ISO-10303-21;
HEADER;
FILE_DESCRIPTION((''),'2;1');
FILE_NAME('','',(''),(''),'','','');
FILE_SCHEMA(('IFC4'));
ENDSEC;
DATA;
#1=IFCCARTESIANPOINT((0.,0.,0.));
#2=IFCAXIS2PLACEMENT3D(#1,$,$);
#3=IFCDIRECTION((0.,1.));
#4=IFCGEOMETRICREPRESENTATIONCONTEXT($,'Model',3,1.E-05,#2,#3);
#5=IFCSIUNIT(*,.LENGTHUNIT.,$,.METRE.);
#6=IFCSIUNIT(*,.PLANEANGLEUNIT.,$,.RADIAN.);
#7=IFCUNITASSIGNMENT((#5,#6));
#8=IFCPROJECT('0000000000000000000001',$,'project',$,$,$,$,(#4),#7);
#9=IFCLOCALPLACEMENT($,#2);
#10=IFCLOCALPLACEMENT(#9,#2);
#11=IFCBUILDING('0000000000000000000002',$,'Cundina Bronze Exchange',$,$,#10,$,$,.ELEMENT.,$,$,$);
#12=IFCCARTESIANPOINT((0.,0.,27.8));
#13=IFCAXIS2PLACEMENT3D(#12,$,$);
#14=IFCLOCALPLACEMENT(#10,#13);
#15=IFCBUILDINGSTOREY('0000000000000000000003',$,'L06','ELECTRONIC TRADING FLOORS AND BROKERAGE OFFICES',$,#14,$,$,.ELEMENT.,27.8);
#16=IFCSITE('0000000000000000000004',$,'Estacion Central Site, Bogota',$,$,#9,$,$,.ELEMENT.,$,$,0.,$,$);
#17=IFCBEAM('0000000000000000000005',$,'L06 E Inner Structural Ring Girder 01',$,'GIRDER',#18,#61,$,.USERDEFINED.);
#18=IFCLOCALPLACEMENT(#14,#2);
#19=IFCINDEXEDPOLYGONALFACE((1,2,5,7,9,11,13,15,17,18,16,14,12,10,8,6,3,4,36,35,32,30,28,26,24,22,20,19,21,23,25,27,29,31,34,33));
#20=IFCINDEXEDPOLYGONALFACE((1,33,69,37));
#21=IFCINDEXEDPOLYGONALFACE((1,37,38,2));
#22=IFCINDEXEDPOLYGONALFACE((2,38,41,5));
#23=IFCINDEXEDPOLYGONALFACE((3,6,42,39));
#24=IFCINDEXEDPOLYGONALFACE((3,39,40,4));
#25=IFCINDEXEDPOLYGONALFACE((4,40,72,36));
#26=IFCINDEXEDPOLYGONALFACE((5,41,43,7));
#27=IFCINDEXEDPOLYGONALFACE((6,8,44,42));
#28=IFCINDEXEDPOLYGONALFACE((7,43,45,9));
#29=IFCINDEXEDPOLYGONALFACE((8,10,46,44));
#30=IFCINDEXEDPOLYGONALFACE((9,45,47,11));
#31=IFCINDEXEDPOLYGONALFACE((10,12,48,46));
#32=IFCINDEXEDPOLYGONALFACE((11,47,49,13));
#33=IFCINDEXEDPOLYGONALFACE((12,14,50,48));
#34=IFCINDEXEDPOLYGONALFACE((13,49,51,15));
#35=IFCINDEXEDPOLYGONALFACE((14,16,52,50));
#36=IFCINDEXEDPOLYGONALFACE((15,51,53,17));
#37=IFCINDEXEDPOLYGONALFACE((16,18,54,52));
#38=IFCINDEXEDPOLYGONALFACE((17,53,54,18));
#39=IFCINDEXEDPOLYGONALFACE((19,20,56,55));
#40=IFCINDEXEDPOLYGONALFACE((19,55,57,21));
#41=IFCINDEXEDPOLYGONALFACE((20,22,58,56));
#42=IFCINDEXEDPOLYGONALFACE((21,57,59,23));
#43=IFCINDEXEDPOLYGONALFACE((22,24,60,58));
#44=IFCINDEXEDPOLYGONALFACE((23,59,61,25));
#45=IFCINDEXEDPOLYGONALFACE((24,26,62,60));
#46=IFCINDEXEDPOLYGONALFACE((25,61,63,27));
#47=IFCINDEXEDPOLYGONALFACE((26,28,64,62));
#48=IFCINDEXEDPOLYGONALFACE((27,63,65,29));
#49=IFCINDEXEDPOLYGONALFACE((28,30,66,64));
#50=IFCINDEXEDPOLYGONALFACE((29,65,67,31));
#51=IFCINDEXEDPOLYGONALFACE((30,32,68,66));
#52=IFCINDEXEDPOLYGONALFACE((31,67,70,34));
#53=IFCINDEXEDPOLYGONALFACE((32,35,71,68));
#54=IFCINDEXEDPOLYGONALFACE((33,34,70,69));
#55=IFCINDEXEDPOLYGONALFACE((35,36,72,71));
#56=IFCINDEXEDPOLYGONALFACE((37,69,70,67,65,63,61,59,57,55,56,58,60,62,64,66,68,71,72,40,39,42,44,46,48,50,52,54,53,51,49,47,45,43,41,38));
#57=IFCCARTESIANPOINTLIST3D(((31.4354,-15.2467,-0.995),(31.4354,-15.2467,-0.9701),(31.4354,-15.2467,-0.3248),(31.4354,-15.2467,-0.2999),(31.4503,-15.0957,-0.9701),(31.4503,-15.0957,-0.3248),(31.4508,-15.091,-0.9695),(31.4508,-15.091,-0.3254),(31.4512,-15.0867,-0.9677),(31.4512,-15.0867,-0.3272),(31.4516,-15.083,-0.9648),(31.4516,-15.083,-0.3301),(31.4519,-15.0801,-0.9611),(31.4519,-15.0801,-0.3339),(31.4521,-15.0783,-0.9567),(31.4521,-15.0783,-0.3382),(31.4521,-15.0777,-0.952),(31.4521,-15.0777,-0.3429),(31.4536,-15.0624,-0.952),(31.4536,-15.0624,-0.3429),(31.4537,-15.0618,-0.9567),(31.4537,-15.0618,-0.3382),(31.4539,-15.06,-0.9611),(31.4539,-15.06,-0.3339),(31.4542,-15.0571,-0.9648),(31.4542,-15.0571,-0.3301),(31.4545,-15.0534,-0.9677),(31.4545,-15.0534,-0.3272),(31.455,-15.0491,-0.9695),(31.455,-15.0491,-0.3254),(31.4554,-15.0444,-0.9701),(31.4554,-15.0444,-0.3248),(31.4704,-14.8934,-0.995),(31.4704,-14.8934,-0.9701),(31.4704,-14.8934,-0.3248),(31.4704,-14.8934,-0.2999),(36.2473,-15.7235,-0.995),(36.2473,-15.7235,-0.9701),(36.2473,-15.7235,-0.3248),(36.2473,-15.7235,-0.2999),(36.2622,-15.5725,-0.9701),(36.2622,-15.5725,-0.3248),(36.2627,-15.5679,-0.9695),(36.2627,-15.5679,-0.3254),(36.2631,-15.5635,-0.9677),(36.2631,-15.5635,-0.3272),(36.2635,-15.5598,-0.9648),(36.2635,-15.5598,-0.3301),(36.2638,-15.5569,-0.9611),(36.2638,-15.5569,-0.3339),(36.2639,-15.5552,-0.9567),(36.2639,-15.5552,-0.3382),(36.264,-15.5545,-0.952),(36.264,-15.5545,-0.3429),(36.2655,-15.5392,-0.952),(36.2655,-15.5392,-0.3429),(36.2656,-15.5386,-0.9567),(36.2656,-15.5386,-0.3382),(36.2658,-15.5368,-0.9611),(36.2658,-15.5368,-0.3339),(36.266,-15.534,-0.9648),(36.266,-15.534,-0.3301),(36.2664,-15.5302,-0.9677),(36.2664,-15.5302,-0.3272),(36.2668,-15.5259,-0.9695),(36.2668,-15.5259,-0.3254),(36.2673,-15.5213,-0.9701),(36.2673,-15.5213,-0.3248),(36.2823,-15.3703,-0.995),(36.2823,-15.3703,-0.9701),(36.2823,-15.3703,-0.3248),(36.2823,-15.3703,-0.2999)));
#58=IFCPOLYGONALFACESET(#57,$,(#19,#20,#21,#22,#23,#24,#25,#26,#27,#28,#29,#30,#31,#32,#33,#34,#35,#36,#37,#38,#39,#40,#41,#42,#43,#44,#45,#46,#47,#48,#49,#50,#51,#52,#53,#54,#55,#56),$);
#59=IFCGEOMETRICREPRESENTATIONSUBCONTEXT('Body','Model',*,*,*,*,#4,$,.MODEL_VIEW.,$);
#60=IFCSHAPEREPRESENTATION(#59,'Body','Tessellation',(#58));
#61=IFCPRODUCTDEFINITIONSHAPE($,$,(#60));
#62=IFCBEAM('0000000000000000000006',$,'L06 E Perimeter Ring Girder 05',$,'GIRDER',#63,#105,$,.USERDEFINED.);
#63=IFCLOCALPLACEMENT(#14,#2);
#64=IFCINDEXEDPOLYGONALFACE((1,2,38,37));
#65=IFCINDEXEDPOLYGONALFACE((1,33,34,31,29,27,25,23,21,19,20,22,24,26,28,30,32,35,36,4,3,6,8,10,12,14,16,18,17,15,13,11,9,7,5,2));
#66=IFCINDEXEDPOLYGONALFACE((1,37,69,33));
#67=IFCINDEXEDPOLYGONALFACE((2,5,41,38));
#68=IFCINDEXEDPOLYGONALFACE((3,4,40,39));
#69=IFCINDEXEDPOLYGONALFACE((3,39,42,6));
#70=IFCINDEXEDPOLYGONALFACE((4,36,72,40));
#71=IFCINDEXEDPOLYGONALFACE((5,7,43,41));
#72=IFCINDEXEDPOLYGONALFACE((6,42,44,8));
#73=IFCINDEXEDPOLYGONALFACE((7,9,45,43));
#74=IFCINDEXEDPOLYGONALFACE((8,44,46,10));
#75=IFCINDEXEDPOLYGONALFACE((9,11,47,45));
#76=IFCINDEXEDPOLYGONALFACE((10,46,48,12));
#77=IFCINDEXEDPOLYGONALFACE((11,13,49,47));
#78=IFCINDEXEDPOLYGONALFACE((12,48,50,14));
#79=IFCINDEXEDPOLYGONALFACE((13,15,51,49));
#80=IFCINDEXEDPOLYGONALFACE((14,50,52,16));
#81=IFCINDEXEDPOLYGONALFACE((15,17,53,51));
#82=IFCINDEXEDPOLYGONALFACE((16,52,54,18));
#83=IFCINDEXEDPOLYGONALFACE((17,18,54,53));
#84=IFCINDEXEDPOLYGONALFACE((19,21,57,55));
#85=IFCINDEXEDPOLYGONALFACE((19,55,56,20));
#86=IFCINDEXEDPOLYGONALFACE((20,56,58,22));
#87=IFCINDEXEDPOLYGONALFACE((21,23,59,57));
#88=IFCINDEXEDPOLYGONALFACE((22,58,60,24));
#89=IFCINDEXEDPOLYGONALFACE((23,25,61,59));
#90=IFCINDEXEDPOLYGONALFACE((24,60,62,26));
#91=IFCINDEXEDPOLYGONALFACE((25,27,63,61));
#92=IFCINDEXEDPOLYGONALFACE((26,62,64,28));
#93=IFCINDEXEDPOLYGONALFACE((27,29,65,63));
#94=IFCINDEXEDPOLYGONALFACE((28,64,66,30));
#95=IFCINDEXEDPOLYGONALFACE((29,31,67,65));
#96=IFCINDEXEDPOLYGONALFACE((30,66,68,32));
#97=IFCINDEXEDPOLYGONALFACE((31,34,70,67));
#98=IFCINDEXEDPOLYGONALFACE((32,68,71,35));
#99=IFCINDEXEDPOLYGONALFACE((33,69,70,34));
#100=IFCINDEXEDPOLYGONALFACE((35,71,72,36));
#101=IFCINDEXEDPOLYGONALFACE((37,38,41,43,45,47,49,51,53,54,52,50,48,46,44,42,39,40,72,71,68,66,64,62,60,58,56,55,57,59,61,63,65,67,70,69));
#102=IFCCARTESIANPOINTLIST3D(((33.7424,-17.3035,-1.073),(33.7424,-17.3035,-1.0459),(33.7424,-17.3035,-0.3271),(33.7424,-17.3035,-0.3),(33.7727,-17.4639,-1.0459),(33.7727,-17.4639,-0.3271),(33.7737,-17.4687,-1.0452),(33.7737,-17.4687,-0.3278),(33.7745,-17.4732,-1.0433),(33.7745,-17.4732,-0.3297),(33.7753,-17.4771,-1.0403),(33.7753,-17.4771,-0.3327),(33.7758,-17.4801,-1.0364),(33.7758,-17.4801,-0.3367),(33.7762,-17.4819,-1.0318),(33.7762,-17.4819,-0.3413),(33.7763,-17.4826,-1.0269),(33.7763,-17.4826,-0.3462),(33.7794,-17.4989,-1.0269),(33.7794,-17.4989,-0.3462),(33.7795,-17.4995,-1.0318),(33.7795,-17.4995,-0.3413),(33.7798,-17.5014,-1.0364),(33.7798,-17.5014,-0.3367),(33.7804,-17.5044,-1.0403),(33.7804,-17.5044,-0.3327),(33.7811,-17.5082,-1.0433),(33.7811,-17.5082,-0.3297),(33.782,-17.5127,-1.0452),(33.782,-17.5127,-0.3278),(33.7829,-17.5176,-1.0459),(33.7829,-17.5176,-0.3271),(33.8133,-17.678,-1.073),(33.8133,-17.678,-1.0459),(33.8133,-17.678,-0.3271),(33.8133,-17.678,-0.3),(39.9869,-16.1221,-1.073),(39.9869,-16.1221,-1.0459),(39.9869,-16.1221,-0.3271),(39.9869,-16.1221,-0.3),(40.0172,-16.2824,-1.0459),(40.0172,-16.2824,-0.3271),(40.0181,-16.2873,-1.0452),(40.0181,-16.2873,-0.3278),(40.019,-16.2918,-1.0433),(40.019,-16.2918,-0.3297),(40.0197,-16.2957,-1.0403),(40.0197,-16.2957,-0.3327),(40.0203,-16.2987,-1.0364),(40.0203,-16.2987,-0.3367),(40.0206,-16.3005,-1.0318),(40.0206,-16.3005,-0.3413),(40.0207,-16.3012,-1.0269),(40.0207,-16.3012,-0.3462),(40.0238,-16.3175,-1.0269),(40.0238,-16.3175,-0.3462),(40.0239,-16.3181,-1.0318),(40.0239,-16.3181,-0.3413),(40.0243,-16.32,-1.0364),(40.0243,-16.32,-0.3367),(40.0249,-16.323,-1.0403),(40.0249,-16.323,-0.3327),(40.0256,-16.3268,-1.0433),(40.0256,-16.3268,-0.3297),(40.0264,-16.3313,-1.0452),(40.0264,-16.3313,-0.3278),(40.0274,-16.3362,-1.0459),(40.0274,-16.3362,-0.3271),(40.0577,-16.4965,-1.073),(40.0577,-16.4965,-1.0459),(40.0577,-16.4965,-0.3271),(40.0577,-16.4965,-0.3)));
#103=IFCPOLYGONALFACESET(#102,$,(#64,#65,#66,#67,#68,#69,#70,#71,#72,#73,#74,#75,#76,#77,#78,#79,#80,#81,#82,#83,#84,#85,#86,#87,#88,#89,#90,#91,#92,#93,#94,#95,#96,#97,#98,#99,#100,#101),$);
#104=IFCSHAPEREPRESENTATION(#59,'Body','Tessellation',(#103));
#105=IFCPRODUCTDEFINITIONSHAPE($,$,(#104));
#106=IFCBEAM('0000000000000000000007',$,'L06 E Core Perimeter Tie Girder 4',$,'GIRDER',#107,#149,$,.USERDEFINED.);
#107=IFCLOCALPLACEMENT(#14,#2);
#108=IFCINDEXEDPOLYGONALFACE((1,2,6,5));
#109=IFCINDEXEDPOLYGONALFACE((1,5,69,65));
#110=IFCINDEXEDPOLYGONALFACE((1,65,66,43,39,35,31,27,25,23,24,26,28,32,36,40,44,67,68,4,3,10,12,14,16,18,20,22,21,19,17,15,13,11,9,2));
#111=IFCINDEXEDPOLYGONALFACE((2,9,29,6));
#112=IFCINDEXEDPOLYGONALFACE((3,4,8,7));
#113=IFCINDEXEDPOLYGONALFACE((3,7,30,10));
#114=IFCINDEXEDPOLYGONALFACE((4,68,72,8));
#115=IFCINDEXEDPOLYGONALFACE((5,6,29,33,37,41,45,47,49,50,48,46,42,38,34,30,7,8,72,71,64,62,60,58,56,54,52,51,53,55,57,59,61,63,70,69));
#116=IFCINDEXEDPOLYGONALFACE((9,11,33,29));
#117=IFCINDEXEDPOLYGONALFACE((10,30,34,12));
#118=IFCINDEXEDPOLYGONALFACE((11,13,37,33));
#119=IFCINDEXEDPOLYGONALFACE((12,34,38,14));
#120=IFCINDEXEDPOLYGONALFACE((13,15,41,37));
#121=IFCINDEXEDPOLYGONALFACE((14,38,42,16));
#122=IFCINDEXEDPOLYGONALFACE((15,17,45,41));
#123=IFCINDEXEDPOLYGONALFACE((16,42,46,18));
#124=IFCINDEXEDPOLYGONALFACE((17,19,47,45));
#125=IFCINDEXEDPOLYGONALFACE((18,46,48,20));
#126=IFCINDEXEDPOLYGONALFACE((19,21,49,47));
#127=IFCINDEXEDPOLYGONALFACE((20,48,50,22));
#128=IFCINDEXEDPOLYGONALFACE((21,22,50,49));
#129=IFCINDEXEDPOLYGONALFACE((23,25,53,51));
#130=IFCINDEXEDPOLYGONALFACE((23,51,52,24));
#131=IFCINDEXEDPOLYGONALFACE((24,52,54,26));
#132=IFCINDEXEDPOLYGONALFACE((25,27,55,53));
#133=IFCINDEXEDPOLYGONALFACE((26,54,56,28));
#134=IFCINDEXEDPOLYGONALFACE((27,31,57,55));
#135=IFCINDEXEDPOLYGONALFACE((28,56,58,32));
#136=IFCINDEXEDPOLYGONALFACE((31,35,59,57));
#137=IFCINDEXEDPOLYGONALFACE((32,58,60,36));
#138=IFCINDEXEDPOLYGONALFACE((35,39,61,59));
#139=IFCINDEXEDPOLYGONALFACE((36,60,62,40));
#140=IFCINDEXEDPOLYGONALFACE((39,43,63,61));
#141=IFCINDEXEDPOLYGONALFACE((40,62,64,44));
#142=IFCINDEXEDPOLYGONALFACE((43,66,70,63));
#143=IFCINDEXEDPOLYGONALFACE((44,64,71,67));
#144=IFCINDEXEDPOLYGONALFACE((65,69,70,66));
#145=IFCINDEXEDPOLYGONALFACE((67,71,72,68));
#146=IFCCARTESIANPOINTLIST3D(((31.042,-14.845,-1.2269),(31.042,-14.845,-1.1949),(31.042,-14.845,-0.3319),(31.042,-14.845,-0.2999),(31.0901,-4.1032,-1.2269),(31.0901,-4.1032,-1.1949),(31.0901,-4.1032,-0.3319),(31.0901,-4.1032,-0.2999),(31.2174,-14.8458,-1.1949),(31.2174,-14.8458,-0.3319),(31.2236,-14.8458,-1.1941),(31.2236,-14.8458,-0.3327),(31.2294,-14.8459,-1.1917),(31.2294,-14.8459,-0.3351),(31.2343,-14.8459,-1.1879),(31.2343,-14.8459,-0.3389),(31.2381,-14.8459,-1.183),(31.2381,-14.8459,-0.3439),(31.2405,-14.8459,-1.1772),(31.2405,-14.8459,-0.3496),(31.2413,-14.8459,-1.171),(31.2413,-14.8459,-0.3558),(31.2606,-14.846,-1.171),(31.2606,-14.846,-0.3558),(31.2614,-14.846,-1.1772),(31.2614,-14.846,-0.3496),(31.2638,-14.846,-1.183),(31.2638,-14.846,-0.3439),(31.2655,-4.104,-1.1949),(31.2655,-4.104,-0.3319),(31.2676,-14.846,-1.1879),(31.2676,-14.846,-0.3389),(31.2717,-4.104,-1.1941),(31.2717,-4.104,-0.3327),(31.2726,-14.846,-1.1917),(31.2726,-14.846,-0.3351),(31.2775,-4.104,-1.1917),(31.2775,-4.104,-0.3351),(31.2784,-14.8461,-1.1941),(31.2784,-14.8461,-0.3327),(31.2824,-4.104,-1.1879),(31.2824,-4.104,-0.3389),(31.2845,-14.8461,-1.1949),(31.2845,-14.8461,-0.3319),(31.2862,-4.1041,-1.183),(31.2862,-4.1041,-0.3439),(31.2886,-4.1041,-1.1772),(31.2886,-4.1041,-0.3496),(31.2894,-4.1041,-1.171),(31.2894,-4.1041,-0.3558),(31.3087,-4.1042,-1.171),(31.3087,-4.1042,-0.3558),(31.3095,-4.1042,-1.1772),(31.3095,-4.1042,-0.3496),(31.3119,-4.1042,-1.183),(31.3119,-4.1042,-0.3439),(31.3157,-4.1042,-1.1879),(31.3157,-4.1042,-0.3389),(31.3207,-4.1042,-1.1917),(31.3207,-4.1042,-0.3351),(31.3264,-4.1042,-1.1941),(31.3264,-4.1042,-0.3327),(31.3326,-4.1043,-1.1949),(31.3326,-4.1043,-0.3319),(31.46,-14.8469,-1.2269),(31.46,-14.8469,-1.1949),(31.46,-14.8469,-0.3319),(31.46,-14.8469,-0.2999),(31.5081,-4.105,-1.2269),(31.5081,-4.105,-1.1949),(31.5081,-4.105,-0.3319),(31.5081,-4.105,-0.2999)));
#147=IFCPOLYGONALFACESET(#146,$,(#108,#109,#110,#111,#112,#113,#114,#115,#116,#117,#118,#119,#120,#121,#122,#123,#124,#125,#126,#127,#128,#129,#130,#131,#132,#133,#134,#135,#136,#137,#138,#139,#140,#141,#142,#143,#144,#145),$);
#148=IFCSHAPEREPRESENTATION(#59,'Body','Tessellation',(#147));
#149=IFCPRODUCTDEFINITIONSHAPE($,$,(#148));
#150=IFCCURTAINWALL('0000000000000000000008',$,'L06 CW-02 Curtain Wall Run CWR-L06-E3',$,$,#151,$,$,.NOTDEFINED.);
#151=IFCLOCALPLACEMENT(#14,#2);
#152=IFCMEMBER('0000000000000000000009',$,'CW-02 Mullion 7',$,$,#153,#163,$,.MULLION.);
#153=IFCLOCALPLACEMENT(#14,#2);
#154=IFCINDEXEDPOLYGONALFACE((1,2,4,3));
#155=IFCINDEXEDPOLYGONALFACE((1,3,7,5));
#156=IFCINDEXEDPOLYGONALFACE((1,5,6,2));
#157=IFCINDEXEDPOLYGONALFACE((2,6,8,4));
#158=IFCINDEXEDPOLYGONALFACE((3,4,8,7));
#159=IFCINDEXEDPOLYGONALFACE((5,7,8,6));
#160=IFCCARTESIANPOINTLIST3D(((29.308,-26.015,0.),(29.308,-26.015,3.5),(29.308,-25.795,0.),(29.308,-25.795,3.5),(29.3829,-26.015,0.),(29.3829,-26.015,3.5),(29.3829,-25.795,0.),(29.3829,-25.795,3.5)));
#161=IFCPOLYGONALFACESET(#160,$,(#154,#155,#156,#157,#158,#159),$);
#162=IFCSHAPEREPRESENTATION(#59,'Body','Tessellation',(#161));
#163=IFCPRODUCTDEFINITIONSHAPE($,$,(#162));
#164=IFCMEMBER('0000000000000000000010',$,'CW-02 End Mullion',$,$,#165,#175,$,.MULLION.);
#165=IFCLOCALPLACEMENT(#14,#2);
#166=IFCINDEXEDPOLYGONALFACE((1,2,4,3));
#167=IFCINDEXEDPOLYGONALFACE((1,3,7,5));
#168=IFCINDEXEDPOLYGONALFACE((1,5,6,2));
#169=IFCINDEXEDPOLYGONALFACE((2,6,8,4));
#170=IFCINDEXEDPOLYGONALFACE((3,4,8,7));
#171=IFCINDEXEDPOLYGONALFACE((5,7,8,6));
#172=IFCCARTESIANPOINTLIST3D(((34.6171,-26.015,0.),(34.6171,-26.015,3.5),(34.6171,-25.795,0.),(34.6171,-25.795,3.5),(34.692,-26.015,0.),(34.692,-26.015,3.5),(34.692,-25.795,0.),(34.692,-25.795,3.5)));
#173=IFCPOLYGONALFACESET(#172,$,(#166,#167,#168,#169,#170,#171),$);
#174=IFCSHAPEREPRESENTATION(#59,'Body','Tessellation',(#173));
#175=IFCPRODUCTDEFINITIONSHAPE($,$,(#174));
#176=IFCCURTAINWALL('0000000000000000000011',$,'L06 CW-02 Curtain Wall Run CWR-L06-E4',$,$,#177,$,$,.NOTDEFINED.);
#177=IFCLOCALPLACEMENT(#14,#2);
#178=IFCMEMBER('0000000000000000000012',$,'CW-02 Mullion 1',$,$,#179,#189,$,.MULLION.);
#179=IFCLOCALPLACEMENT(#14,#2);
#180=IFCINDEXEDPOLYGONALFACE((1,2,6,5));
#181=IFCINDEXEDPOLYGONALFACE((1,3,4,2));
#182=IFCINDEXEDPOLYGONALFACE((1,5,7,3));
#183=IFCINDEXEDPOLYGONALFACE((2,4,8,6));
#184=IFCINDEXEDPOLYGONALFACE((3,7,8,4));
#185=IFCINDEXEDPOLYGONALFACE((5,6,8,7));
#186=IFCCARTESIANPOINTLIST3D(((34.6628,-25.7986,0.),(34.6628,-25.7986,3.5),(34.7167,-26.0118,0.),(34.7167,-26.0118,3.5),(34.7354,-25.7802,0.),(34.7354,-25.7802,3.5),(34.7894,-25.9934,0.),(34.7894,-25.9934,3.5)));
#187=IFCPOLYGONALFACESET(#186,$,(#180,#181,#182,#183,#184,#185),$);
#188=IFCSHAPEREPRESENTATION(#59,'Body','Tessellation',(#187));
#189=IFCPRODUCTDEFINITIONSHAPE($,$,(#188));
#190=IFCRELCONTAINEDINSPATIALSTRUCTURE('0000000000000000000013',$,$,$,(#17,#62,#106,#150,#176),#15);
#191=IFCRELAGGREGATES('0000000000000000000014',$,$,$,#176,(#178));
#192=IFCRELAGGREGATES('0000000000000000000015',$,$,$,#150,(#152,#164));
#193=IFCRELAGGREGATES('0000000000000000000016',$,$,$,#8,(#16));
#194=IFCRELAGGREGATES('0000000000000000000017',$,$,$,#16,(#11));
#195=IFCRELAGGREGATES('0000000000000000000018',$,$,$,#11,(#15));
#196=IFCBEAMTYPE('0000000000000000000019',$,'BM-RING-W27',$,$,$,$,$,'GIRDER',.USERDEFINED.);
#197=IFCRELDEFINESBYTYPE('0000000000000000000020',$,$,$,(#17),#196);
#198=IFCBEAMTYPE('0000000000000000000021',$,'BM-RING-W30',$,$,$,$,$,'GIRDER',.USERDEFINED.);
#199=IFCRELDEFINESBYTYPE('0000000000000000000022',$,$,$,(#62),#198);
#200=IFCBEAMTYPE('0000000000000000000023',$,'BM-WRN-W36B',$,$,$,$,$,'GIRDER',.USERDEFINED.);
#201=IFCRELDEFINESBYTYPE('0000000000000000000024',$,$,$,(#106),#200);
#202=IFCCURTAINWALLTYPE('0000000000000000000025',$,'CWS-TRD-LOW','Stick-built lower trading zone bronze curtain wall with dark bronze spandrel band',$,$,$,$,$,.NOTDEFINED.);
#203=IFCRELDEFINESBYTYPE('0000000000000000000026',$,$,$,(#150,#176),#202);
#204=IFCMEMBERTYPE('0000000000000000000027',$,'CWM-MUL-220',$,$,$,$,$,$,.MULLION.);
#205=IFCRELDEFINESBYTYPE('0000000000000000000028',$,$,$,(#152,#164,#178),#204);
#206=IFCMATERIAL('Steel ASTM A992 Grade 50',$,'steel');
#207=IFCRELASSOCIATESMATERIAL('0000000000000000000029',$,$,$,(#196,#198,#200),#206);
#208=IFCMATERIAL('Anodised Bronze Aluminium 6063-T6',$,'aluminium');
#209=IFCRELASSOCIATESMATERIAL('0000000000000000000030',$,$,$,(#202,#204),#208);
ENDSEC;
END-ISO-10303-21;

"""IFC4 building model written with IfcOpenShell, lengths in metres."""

from ifc_helpers import new_model, si_unit, direction, frame, origin, origin_2d, place, context, subcontext, project, spatial, rectangle, i_section, extrude, material, material_profile, profile_set, type_object, element, aggregate, save


model = new_model("IFC4")

# Units and contexts
model_context = context("Model", 3, precision=1e-05, world=origin(), true_north=direction((0.0, 1.0)))
body_context = subcontext(model_context, "Body", "Model", "MODEL_VIEW")
ifc_project = project(units=[si_unit("LENGTHUNIT", "METRE"), si_unit("PLANEANGLEUNIT", "RADIAN")], contexts=[model_context])

# Site, building, storey
site_placement = place(None, origin())
site = spatial("IfcSite", under=ifc_project, at=site_placement, Name="Estacion Central Site, Bogota", CompositionType="ELEMENT", RefElevation=0.0)
building_placement = place(site_placement, origin())
building = spatial("IfcBuilding", under=site, at=building_placement, Name="Cundina Bronze Exchange", CompositionType="ELEMENT")
storey_placement = place(building_placement, frame((0.0, 0.0, 27.8)))
storey = spatial("IfcBuildingStorey", under=building, at=storey_placement, Name="L06", Description="ELECTRONIC TRADING FLOORS AND BROKERAGE OFFICES", CompositionType="ELEMENT", Elevation=27.8)

# Shared definitions
ifc_material_1 = material(Name="Steel ASTM A992 Grade 50", Category="steel")

# Beams
ifc_material_profile_1 = material_profile(ifc_material_1, i_section(OverallWidth=0.355, OverallDepth=0.6951, WebThickness=0.0154, FlangeThickness=0.0249, FilletRadius=0.0181, at=origin_2d()), Name="W27X146", Category="steel")
ifc_profile_set_1 = profile_set([ifc_material_profile_1], Name="Steel ASTM A992 Grade 50")
beam_type_1 = type_object("IfcBeamType", Name="BM-RING-W27", ElementType="GIRDER", PredefinedType="USERDEFINED", material=ifc_profile_set_1)
beam_1_placement = place(storey_placement, frame((31.4529, -15.0701, -0.6475), z_axis=(0.995126, -0.098609, 0.0), x_axis=(0.098609, 0.995126, 0.0)))
element("IfcBeam", 1, at=beam_1_placement, inside=storey, type_object=beam_type_1, Name="L06 E Inner Structural Ring Girder 01", ObjectType="GIRDER", PredefinedType="USERDEFINED", context=body_context, shape_type="SweptSolid", body=[
    extrude(i_section(OverallWidth=0.355, OverallDepth=0.6951, WebThickness=0.0154, FlangeThickness=0.0249, FilletRadius=0.0181, at=origin_2d()), origin(), (0.0, 0.0, 1.0), 4.8354),
])
ifc_material_profile_2 = material_profile(ifc_material_1, i_section(OverallWidth=0.3811, OverallDepth=0.7729, WebThickness=0.0166, FlangeThickness=0.0271, FilletRadius=0.019, at=origin_2d()), Name="W30X173", Category="steel")
ifc_profile_set_2 = profile_set([ifc_material_profile_2], Name="Steel ASTM A992 Grade 50")
beam_type_2 = type_object("IfcBeamType", Name="BM-RING-W30", ElementType="GIRDER", PredefinedType="USERDEFINED", material=ifc_profile_set_2)
beam_2_placement = place(storey_placement, frame((33.7778, -17.4907, -0.6865), z_axis=(0.982569, 0.185896, 0.0), x_axis=(-0.185896, 0.982569, 0.0)))
element("IfcBeam", 2, at=beam_2_placement, inside=storey, type_object=beam_type_2, Name="L06 E Perimeter Ring Girder 05", ObjectType="GIRDER", PredefinedType="USERDEFINED", context=body_context, shape_type="SweptSolid", body=[
    extrude(i_section(OverallWidth=0.3811, OverallDepth=0.7729, WebThickness=0.0166, FlangeThickness=0.0271, FilletRadius=0.019, at=origin_2d()), origin(), (0.0, 0.0, 1.0), 6.3552),
])
ifc_material_profile_3 = material_profile(ifc_material_1, i_section(OverallWidth=0.418, OverallDepth=0.927, WebThickness=0.0193, FlangeThickness=0.032, FilletRadius=0.0239, at=origin_2d()), Name="W36X231", Category="steel")
ifc_profile_set_3 = profile_set([ifc_material_profile_3], Name="Steel ASTM A992 Grade 50")
beam_type_3 = type_object("IfcBeamType", Name="BM-WRN-W36B", ElementType="GIRDER", PredefinedType="USERDEFINED", material=ifc_profile_set_3)
beam_3_placement = place(storey_placement, frame((31.251, -14.8459, -0.7634), z_axis=(0.004477, 0.99999, 0.0), x_axis=(-0.99999, 0.004477, 0.0)))
element("IfcBeam", 3, at=beam_3_placement, inside=storey, type_object=beam_type_3, Name="L06 E Core Perimeter Tie Girder 4", ObjectType="GIRDER", PredefinedType="USERDEFINED", context=body_context, shape_type="SweptSolid", body=[
    extrude(i_section(OverallWidth=0.418, OverallDepth=0.927, WebThickness=0.0193, FlangeThickness=0.032, FilletRadius=0.0239, at=origin_2d()), origin(), (0.0, 0.0, 1.0), 10.7419),
])

# Curtain wall, members
ifc_material_2 = material(Name="Anodised Bronze Aluminium 6063-T6", Category="aluminium")
curtain_wall_type = type_object("IfcCurtainWallType", Name="CWS-TRD-LOW", Description="Stick-built lower trading zone bronze curtain wall with dark bronze spandrel band", PredefinedType="NOTDEFINED", material=ifc_material_2)
curtain_wall_1_placement = place(storey_placement, origin())
curtain_wall_1 = element("IfcCurtainWall", 4, at=curtain_wall_1_placement, inside=storey, type_object=curtain_wall_type, Name="L06 CW-02 Curtain Wall Run CWR-L06-E3", PredefinedType="NOTDEFINED")
ifc_material_profile_4 = material_profile(ifc_material_2, rectangle(XDim=0.075, YDim=0.22, at=origin_2d()), Name="AL75X220", Category="aluminium")
ifc_profile_set_4 = profile_set([ifc_material_profile_4], Name="Anodised Bronze Aluminium 6063-T6")
member_type_1 = type_object("IfcMemberType", Name="CWM-MUL-220", PredefinedType="MULLION", material=ifc_profile_set_4)
member_1_placement = place(storey_placement, frame((29.3455, -25.905, 0.0), z_axis=(0.0, 0.0, 1.0), x_axis=(1.0, 0.0, 0.0)))
member_1 = element("IfcMember", 5, at=member_1_placement, type_object=member_type_1, Name="CW-02 Mullion 7", PredefinedType="MULLION", context=body_context, shape_type="SweptSolid", body=[
    extrude(rectangle(XDim=0.075, YDim=0.22, at=origin_2d()), origin(), (0.0, 0.0, 1.0), 3.5),
])
member_2_placement = place(storey_placement, frame((34.6545, -25.905, 0.0), z_axis=(0.0, 0.0, 1.0), x_axis=(1.0, 0.0, 0.0)))
member_2 = element("IfcMember", 6, at=member_2_placement, type_object=member_type_1, Name="CW-02 End Mullion", PredefinedType="MULLION", context=body_context, shape_type="SweptSolid", body=[
    extrude(rectangle(XDim=0.075, YDim=0.22, at=origin_2d()), origin(), (0.0, 0.0, 1.0), 3.5),
])

# Curtain wall, member
curtain_wall_2_placement = place(storey_placement, origin())
curtain_wall_2 = element("IfcCurtainWall", 7, at=curtain_wall_2_placement, inside=storey, type_object=curtain_wall_type, Name="L06 CW-02 Curtain Wall Run CWR-L06-E4", PredefinedType="NOTDEFINED")
member_3_placement = place(storey_placement, frame((34.7261, -25.896, 0.0), z_axis=(0.0, 0.0, 1.0), x_axis=(0.969488, 0.245138, 0.0)))
member_3 = element("IfcMember", 8, at=member_3_placement, type_object=member_type_1, Name="CW-02 Mullion 1", PredefinedType="MULLION", context=body_context, shape_type="SweptSolid", body=[
    extrude(rectangle(XDim=0.075, YDim=0.22, at=origin_2d()), origin(), (0.0, 0.0, 1.0), 3.5),
])
aggregate(curtain_wall_2, [member_3])

aggregate(curtain_wall_1, [member_1, member_2])

save(model, "model.ifc")
